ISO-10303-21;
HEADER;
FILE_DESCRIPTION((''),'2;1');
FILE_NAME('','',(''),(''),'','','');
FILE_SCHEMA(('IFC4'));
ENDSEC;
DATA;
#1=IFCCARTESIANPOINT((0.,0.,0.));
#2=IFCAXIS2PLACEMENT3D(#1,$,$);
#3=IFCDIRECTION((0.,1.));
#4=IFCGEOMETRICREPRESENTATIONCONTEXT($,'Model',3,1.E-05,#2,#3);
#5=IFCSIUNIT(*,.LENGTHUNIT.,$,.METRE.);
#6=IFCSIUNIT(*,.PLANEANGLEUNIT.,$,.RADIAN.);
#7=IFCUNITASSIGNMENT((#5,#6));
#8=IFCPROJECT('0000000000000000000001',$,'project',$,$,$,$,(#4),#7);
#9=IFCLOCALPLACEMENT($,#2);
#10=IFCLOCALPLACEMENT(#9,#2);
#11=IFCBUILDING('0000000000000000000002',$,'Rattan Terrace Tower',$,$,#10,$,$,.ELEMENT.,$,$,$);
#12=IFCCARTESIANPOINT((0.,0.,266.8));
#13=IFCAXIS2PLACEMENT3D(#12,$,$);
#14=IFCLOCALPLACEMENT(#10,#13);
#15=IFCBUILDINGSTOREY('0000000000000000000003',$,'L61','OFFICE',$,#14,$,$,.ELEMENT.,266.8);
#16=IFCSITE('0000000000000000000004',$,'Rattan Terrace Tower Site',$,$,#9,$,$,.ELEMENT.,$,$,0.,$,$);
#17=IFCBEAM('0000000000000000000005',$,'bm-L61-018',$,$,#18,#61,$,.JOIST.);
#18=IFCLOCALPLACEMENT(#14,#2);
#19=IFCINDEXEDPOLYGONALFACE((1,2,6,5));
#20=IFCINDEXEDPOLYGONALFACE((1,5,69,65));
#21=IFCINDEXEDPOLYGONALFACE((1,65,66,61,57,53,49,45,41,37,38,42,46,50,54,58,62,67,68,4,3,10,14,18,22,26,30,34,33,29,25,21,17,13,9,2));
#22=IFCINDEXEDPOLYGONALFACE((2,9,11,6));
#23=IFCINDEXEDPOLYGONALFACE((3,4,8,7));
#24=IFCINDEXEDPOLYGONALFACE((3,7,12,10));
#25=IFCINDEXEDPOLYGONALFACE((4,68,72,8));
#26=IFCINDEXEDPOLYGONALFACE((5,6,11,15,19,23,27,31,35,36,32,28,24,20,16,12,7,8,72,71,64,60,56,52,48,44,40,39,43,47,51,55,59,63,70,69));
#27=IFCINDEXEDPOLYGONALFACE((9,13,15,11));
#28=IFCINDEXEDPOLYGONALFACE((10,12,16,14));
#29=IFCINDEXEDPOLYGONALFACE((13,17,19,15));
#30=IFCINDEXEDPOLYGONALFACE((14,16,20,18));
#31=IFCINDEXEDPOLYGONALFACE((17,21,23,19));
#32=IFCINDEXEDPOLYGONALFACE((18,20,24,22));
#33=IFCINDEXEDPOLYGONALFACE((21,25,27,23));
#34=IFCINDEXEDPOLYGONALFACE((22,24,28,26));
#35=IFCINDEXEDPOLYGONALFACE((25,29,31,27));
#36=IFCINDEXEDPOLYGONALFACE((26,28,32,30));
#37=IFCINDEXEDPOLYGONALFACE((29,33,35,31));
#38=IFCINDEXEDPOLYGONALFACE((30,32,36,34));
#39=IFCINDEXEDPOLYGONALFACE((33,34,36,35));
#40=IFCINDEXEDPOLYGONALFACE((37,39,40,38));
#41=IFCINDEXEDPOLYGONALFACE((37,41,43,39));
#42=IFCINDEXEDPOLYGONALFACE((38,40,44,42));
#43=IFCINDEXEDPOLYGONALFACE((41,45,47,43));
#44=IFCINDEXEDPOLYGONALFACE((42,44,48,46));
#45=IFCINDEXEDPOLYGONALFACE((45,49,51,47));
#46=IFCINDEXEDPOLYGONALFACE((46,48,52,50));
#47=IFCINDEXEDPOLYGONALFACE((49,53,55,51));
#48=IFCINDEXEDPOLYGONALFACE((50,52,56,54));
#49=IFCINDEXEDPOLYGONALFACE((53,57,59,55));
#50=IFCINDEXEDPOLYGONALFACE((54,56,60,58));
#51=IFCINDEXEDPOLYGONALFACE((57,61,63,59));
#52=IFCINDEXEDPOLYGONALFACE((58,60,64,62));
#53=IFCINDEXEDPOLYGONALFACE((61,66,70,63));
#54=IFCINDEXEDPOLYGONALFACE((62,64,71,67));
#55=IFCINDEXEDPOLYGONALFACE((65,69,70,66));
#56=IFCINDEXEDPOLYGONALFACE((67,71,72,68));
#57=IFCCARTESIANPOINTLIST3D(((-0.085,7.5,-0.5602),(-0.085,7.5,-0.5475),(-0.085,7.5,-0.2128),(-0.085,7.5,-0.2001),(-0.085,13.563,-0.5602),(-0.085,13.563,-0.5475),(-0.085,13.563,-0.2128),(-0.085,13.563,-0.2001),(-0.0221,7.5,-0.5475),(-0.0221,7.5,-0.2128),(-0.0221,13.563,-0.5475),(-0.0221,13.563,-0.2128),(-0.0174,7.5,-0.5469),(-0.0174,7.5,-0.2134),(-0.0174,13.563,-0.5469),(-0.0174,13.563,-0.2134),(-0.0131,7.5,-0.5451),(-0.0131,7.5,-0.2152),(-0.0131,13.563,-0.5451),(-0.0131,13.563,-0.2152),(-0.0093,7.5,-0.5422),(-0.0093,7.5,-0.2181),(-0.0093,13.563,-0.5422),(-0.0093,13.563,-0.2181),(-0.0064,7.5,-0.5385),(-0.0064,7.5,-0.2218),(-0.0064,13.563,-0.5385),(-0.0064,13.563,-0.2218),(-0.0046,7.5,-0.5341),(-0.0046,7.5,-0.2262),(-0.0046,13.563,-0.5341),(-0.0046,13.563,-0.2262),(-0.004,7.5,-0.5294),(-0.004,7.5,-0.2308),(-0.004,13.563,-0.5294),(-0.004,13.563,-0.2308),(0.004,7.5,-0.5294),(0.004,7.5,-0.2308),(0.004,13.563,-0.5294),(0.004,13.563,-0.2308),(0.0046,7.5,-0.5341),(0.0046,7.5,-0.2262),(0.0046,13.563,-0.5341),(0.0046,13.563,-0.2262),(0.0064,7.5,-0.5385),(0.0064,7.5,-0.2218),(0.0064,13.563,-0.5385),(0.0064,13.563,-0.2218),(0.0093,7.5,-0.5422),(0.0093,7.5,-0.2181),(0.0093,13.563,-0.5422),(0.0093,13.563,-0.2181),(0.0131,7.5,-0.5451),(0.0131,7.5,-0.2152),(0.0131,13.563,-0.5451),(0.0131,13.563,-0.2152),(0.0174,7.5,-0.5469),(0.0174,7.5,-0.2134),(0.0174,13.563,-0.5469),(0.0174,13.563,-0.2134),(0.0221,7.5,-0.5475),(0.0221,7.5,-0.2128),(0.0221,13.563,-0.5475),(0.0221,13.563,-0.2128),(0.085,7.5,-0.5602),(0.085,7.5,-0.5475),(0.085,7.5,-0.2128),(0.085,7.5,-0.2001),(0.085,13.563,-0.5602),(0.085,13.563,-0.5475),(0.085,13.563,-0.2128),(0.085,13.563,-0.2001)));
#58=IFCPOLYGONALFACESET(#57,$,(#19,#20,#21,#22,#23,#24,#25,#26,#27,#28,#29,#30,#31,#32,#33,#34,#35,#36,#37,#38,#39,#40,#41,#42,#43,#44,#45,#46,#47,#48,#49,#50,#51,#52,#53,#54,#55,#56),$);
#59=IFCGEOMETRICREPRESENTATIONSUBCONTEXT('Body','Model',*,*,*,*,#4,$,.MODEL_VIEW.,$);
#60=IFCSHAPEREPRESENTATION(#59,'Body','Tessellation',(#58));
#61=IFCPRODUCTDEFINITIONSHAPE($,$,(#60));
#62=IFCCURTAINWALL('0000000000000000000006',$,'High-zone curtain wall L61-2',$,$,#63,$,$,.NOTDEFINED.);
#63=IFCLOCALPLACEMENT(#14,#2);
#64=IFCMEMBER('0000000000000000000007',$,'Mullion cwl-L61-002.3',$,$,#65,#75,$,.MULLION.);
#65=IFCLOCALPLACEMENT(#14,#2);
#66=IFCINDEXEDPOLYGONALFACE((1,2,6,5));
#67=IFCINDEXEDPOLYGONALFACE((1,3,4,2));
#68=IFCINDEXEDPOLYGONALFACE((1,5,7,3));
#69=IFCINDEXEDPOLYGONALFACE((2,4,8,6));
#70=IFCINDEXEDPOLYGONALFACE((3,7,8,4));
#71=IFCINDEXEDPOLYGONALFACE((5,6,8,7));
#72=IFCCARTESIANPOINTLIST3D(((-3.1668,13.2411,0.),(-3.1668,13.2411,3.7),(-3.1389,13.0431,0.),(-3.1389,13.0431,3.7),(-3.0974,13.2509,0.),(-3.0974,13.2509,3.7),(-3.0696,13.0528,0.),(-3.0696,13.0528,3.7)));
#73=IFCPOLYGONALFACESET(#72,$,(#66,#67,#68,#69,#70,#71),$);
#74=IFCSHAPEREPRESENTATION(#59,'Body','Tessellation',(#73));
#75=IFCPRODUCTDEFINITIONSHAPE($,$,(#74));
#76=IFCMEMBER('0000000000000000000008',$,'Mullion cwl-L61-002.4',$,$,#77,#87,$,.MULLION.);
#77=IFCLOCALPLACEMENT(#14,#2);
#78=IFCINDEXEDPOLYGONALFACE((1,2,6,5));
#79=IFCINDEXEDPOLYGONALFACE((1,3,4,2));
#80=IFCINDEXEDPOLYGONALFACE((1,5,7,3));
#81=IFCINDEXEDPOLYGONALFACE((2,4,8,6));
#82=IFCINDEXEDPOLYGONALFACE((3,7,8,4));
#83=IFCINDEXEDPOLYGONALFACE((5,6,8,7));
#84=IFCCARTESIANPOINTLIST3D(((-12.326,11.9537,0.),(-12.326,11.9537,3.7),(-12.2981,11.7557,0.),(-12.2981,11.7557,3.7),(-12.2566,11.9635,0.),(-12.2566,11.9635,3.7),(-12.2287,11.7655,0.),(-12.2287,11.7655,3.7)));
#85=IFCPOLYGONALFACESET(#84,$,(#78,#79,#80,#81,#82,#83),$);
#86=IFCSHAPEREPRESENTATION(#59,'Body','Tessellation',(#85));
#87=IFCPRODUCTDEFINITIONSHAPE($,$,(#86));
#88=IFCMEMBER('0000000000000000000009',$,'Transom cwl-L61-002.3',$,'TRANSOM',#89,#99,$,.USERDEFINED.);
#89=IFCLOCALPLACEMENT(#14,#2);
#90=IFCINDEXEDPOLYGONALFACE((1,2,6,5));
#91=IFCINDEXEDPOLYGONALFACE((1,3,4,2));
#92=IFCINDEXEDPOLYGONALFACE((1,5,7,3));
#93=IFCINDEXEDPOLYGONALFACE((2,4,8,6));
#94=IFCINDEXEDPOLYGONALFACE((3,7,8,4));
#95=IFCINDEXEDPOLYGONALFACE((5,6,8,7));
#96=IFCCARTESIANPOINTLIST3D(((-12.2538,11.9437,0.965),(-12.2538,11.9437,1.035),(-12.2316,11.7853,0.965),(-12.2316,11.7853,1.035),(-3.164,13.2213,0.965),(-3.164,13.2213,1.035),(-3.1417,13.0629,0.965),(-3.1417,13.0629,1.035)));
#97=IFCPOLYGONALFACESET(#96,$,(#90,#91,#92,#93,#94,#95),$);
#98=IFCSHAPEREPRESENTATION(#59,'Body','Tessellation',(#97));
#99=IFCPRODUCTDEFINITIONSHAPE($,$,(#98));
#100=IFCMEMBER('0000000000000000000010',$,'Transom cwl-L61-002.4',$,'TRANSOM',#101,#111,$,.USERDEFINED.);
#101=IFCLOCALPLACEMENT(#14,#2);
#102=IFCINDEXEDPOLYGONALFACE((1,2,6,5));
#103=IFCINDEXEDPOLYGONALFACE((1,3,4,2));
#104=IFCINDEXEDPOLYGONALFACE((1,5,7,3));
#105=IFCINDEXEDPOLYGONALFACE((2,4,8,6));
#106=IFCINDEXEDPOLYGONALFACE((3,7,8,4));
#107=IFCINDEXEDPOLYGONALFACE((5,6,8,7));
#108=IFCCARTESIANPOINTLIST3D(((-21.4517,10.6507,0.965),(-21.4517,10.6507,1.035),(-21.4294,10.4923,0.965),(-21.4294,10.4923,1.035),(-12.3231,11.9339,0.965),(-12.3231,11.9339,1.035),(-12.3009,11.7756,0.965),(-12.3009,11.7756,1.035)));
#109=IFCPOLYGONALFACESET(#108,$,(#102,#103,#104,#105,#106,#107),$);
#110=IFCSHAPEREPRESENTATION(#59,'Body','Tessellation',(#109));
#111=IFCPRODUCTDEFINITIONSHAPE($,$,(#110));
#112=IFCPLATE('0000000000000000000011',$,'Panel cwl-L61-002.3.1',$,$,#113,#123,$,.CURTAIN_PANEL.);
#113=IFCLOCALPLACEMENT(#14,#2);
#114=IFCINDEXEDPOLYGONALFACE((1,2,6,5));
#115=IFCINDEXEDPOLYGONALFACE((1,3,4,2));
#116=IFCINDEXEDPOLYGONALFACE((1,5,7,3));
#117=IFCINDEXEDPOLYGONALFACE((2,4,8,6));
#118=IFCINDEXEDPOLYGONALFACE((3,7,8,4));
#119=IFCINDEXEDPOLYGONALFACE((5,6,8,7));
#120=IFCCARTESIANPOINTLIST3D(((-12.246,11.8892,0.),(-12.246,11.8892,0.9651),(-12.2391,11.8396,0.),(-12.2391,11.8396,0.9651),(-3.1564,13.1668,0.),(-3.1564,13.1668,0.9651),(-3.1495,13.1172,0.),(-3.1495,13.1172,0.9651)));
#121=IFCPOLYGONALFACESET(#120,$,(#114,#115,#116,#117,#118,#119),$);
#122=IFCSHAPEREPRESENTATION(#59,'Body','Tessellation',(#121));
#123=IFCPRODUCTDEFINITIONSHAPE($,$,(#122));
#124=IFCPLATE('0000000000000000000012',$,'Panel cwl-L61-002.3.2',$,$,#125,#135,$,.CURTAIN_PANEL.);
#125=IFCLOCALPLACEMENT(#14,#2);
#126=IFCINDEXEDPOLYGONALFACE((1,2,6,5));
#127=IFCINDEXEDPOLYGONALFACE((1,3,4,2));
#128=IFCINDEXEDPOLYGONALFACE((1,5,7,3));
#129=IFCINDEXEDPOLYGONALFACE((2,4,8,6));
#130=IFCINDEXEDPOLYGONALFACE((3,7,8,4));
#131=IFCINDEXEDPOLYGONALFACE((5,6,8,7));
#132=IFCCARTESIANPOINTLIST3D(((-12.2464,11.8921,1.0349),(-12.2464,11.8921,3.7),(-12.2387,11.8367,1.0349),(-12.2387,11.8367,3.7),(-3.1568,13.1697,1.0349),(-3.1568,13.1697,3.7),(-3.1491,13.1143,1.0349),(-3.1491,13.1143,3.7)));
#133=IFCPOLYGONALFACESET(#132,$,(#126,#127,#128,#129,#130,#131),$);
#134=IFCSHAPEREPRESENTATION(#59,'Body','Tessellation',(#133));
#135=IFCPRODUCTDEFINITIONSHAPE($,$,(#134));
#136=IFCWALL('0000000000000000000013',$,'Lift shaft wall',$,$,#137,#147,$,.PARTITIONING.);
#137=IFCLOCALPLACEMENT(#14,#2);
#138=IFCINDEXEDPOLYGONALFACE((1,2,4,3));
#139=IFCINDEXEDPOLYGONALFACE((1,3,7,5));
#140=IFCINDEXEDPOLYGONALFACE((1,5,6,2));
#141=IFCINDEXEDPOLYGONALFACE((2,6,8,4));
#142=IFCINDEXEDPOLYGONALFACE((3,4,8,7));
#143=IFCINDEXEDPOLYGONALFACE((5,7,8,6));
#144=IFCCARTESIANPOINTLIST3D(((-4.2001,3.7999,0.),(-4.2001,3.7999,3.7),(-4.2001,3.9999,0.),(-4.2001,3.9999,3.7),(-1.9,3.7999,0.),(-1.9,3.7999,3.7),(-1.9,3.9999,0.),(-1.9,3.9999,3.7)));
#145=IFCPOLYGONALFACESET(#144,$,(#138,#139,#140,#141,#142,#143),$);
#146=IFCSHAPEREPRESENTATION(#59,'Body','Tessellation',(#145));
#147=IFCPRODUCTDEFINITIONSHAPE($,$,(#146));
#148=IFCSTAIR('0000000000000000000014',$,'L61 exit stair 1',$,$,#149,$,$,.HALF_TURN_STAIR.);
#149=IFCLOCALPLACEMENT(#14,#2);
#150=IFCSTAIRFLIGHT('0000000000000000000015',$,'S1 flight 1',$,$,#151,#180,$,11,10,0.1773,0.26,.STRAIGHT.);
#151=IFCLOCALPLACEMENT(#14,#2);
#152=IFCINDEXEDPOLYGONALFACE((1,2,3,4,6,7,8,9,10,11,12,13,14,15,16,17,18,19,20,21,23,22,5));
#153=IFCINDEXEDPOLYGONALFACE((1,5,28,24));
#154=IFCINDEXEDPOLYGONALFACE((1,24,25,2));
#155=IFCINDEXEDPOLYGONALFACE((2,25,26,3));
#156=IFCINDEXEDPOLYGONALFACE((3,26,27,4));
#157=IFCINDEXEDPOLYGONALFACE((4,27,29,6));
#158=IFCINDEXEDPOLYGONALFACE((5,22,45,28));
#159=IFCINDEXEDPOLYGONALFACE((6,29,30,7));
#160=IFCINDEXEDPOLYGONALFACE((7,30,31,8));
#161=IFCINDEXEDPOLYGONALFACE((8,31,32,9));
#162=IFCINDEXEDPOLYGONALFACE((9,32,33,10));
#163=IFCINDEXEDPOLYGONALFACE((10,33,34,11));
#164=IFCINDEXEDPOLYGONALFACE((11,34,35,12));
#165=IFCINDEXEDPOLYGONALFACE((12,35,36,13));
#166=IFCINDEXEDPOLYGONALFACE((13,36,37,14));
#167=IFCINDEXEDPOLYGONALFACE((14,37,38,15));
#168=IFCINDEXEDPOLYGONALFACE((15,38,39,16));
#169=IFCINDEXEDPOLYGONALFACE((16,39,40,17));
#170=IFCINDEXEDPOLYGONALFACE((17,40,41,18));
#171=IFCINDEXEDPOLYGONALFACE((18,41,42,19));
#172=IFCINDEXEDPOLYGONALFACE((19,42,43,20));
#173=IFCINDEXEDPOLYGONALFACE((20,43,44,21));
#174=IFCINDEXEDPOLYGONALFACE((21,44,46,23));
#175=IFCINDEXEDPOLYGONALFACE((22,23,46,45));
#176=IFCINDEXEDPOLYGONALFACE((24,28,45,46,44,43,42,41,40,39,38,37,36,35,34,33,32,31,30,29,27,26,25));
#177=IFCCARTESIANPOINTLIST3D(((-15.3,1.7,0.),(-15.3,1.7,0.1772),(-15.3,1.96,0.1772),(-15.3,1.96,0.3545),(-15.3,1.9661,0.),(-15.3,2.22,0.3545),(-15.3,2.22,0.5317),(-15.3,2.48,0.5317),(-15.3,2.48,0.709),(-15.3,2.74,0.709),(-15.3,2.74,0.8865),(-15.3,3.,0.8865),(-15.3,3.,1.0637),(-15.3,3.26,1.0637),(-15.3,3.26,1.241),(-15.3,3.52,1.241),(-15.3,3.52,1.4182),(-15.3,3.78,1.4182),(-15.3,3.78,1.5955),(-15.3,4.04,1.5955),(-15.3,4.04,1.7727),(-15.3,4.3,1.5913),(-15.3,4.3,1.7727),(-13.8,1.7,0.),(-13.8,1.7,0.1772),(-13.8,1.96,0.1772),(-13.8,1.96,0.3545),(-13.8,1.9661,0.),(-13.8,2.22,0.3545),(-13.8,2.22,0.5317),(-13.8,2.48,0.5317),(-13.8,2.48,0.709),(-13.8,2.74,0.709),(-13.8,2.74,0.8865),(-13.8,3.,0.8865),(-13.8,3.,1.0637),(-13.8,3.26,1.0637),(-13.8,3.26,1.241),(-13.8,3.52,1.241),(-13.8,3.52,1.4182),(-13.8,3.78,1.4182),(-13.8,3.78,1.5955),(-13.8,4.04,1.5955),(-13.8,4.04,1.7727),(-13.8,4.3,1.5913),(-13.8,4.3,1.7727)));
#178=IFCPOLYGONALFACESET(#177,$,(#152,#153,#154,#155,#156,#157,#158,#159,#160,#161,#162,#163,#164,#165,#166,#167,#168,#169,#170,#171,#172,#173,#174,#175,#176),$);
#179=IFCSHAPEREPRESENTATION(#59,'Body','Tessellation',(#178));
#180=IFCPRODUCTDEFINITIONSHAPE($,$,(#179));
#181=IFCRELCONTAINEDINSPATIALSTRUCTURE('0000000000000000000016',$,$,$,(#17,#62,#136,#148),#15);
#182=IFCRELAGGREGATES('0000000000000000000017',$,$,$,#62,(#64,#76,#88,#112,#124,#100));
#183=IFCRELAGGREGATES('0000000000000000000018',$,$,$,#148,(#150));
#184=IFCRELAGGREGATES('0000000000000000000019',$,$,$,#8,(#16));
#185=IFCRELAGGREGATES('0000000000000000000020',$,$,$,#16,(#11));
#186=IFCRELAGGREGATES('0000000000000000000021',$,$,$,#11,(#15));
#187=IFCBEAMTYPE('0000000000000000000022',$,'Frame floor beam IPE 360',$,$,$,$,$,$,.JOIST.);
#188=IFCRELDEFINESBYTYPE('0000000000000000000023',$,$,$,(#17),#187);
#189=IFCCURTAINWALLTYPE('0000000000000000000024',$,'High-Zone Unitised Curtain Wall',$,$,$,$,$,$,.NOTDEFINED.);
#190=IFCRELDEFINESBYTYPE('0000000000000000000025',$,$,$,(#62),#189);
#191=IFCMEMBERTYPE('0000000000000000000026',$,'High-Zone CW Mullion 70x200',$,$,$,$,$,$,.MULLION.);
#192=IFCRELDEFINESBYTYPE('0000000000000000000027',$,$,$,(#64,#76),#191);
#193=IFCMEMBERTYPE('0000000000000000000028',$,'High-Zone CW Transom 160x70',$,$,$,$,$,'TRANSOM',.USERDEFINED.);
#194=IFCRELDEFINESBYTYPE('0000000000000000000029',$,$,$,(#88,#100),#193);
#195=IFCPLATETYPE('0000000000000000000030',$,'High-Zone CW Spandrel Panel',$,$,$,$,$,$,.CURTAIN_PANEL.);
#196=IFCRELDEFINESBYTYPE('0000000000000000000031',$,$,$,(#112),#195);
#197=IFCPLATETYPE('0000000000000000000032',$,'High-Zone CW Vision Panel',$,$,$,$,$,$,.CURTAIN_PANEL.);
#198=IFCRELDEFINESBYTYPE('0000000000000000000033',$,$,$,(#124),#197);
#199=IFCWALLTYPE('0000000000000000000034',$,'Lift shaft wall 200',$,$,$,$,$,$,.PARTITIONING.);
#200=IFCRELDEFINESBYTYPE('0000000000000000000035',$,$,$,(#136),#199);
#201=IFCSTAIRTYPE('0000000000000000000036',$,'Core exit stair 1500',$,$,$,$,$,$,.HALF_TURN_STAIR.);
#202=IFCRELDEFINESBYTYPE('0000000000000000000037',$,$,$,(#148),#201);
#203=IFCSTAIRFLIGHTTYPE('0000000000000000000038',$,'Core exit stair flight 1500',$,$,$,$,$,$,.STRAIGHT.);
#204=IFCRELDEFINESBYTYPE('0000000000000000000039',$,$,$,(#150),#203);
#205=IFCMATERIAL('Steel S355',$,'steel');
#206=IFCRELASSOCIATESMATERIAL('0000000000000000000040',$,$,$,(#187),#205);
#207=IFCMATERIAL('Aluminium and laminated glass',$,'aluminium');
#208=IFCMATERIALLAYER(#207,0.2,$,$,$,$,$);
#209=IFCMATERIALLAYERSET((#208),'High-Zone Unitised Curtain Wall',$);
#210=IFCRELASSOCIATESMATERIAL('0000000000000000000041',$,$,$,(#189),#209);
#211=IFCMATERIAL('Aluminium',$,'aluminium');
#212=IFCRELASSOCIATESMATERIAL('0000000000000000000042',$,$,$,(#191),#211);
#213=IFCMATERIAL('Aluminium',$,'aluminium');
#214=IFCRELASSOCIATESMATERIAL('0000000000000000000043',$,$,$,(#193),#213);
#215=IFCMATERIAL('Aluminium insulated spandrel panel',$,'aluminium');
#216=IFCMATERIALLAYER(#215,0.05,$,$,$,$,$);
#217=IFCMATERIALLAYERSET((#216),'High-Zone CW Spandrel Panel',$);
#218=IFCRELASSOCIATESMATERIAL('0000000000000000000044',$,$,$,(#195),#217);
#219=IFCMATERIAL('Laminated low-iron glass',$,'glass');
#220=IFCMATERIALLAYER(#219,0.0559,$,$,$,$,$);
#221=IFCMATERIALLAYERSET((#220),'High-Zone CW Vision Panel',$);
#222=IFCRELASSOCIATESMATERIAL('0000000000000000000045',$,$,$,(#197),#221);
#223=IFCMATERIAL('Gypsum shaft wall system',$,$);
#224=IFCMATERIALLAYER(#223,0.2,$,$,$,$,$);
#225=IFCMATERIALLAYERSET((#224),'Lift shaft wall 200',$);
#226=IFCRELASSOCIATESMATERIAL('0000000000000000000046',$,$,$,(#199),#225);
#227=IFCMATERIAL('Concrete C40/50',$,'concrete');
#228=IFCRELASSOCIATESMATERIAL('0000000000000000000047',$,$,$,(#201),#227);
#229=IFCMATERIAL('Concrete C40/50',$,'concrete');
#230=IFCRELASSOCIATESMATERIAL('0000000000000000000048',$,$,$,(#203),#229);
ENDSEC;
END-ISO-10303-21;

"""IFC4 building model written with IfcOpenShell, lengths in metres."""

from ifc_helpers import new_model, si_unit, direction, frame, frame_2d, origin, origin_2d, place, context, subcontext, project, spatial, polyline, rectangle, i_section, outline, extrude, material, layer, layer_set, material_profile, profile_set, type_object, element, aggregate, save


model = new_model("IFC4")

# Units and contexts
model_context = context("Model", 3, precision=1e-05, world=origin(), true_north=direction((0.0, 1.0)))
body_context = subcontext(model_context, "Body", "Model", "MODEL_VIEW")
ifc_project = project(units=[si_unit("LENGTHUNIT", "METRE"), si_unit("PLANEANGLEUNIT", "RADIAN")], contexts=[model_context])

# Site, building, storey
site_placement = place(None, origin())
site = spatial("IfcSite", under=ifc_project, at=site_placement, Name="Rattan Terrace Tower Site", CompositionType="ELEMENT", RefElevation=0.0)
building_placement = place(site_placement, origin())
building = spatial("IfcBuilding", under=site, at=building_placement, Name="Rattan Terrace Tower", CompositionType="ELEMENT")
storey_placement = place(building_placement, frame((0.0, 0.0, 266.8)))
storey = spatial("IfcBuildingStorey", under=building, at=storey_placement, Name="L61", Description="OFFICE", CompositionType="ELEMENT", Elevation=266.8)

# Beam
ifc_material_1 = material(Name="Steel S355", Category="steel")
ifc_material_profile_1 = material_profile(ifc_material_1, i_section(OverallWidth=0.1699, OverallDepth=0.3601, WebThickness=0.0081, FlangeThickness=0.0127, FilletRadius=0.0181, at=origin_2d()), Name="IPE 360")
ifc_profile_set_1 = profile_set([ifc_material_profile_1], Name="Steel S355")
beam_type_1 = type_object("IfcBeamType", Name="Frame floor beam IPE 360", PredefinedType="JOIST", material=ifc_profile_set_1)
beam_1_placement = place(storey_placement, frame((0.0, 7.5, -0.3801), z_axis=(0.0, 1.0, 0.0), x_axis=(-1.0, 0.0, 0.0)))
element("IfcBeam", 1, at=beam_1_placement, inside=storey, type_object=beam_type_1, Name="bm-L61-018", PredefinedType="JOIST", context=body_context, shape_type="SweptSolid", body=[
    extrude(i_section(OverallWidth=0.1699, OverallDepth=0.3601, WebThickness=0.0081, FlangeThickness=0.0127, FilletRadius=0.0181, at=origin_2d()), origin(), (0.0, 0.0, 1.0), 6.063),
])

# Curtain wall, members, plates
ifc_material_2 = material(Name="Aluminium and laminated glass", Category="aluminium")
ifc_layer_1 = layer(ifc_material_2, 0.2)
ifc_layer_set_1 = layer_set([ifc_layer_1], Name="High-Zone Unitised Curtain Wall")
curtain_wall_type = type_object("IfcCurtainWallType", Name="High-Zone Unitised Curtain Wall", PredefinedType="NOTDEFINED", material=ifc_layer_set_1)
curtain_wall_placement = place(storey_placement, origin())
curtain_wall = element("IfcCurtainWall", 2, at=curtain_wall_placement, inside=storey, type_object=curtain_wall_type, Name="High-zone curtain wall L61-2", PredefinedType="NOTDEFINED")
ifc_material_3 = material(Name="Aluminium", Category="aluminium")
ifc_material_profile_2 = material_profile(ifc_material_3, rectangle(XDim=0.0701, YDim=0.2, at=origin_2d()), Name="Aluminium 70x200")
ifc_profile_set_2 = profile_set([ifc_material_profile_2], Name="Aluminium")
member_type_1 = type_object("IfcMemberType", Name="High-Zone CW Mullion 70x200", PredefinedType="MULLION", material=ifc_profile_set_2)
member_1_placement = place(storey_placement, frame((-3.1182, 13.147, 0.0), z_axis=(0.0, 0.0, 1.0), x_axis=(-0.990266, -0.139189, 0.0)))
member_1 = element("IfcMember", 3, at=member_1_placement, type_object=member_type_1, Name="Mullion cwl-L61-002.3", PredefinedType="MULLION", context=body_context, shape_type="SweptSolid", body=[
    extrude(rectangle(XDim=0.0701, YDim=0.2, at=origin_2d()), origin(), (0.0, 0.0, 1.0), 3.7),
])
member_2_placement = place(storey_placement, frame((-12.2773, 11.8596, 0.0), z_axis=(0.0, 0.0, 1.0), x_axis=(-0.990266, -0.139189, 0.0)))
member_2 = element("IfcMember", 4, at=member_2_placement, type_object=member_type_1, Name="Mullion cwl-L61-002.4", PredefinedType="MULLION", context=body_context, shape_type="SweptSolid", body=[
    extrude(rectangle(XDim=0.0701, YDim=0.2, at=origin_2d()), origin(), (0.0, 0.0, 1.0), 3.7),
])
ifc_material_4 = material(Name="Aluminium", Category="aluminium")
ifc_material_profile_3 = material_profile(ifc_material_4, rectangle(XDim=0.1599, YDim=0.0701, at=origin_2d()), Name="Aluminium 160x70")
ifc_profile_set_3 = profile_set([ifc_material_profile_3], Name="Aluminium")
member_type_2 = type_object("IfcMemberType", Name="High-Zone CW Transom 160x70", ElementType="TRANSOM", PredefinedType="USERDEFINED", material=ifc_profile_set_3)
member_3_placement = place(storey_placement, frame((-3.1528, 13.1421, 1.0), z_axis=(-0.990267, -0.139183, 0.0), x_axis=(0.139183, -0.990267, 0.0)))
member_3 = element("IfcMember", 5, at=member_3_placement, type_object=member_type_2, Name="Transom cwl-L61-002.3", ObjectType="TRANSOM", PredefinedType="USERDEFINED", context=body_context, shape_type="SweptSolid", body=[
    extrude(rectangle(XDim=0.1599, YDim=0.0701, at=origin_2d()), origin(), (0.0, 0.0, 1.0), 9.1792),
])
member_4_placement = place(storey_placement, frame((-12.312, 11.8547, 1.0), z_axis=(-0.990264, -0.139204, 0.0), x_axis=(0.139204, -0.990264, 0.0)))
member_4 = element("IfcMember", 6, at=member_4_placement, type_object=member_type_2, Name="Transom cwl-L61-002.4", ObjectType="TRANSOM", PredefinedType="USERDEFINED", context=body_context, shape_type="SweptSolid", body=[
    extrude(rectangle(XDim=0.1599, YDim=0.0701, at=origin_2d()), origin(), (0.0, 0.0, 1.0), 9.2183),
])
ifc_material_5 = material(Name="Aluminium insulated spandrel panel", Category="aluminium")
ifc_layer_2 = layer(ifc_material_5, 0.05)
ifc_layer_set_2 = layer_set([ifc_layer_2], Name="High-Zone CW Spandrel Panel")
plate_type_1 = type_object("IfcPlateType", Name="High-Zone CW Spandrel Panel", PredefinedType="CURTAIN_PANEL", material=ifc_layer_set_2)
plate_1_placement = place(storey_placement, frame((-7.6978, 12.5032, 0.0), z_axis=(0.0, 0.0, 1.0), x_axis=(-0.990266, -0.139189, 0.0)))
plate_1 = element("IfcPlate", 7, at=plate_1_placement, type_object=plate_type_1, Name="Panel cwl-L61-002.3.1", PredefinedType="CURTAIN_PANEL", context=body_context, shape_type="SweptSolid", body=[
    extrude(rectangle(XDim=9.179, YDim=0.05, at=origin_2d()), origin(), (0.0, 0.0, 1.0), 0.9651),
])
ifc_material_6 = material(Name="Laminated low-iron glass", Category="glass")
ifc_layer_3 = layer(ifc_material_6, 0.0559)
ifc_layer_set_3 = layer_set([ifc_layer_3], Name="High-Zone CW Vision Panel")
plate_type_2 = type_object("IfcPlateType", Name="High-Zone CW Vision Panel", PredefinedType="CURTAIN_PANEL", material=ifc_layer_set_3)
plate_2_placement = place(storey_placement, frame((-7.6978, 12.5032, 1.0349), z_axis=(0.0, 0.0, 1.0), x_axis=(-0.990266, -0.139189, 0.0)))
plate_2 = element("IfcPlate", 8, at=plate_2_placement, type_object=plate_type_2, Name="Panel cwl-L61-002.3.2", PredefinedType="CURTAIN_PANEL", context=body_context, shape_type="SweptSolid", body=[
    extrude(rectangle(XDim=9.179, YDim=0.0559, at=origin_2d()), origin(), (0.0, 0.0, 1.0), 2.665),
])
aggregate(curtain_wall, [member_1, member_2, member_3, plate_1, plate_2, member_4])

# Wall
ifc_material_7 = material(Name="Gypsum shaft wall system")
ifc_layer_4 = layer(ifc_material_7, 0.2)
ifc_layer_set_4 = layer_set([ifc_layer_4], Name="Lift shaft wall 200")
wall_type = type_object("IfcWallType", Name="Lift shaft wall 200", PredefinedType="PARTITIONING", material=ifc_layer_set_4)
wall_placement = place(storey_placement, frame((-4.2, 3.8999, 0.0), z_axis=(0.0, 0.0, 1.0), x_axis=(1.0, 0.0, 0.0)))
element("IfcWall", 9, at=wall_placement, inside=storey, type_object=wall_type, Name="Lift shaft wall", PredefinedType="PARTITIONING", context=body_context, shape_type="SweptSolid", body=[
    extrude(rectangle(XDim=2.3, YDim=0.2, at=frame_2d((1.1499, 0.0))), origin(), (0.0, 0.0, 1.0), 3.7),
])

# Stair, stair flight
ifc_material_8 = material(Name="Concrete C40/50", Category="concrete")
stair_type = type_object("IfcStairType", Name="Core exit stair 1500", PredefinedType="HALF_TURN_STAIR", material=ifc_material_8)
stair_placement = place(storey_placement, origin())
stair = element("IfcStair", 10, at=stair_placement, inside=storey, type_object=stair_type, Name="L61 exit stair 1", PredefinedType="HALF_TURN_STAIR")
ifc_material_9 = material(Name="Concrete C40/50", Category="concrete")
stair_flight_type = type_object("IfcStairFlightType", Name="Core exit stair flight 1500", PredefinedType="STRAIGHT", material=ifc_material_9)
stair_flight_placement = place(storey_placement, frame((-14.55, 1.7, 0.0), z_axis=(0.0, 0.0, 1.0), x_axis=(0.0, 1.0, 0.0)))
stair_flight = element("IfcStairFlight", 11, at=stair_flight_placement, type_object=stair_flight_type, Name="S1 flight 1", NumberOfRisers=11, NumberOfTreads=10, PredefinedType="STRAIGHT", RiserHeight=0.1773, TreadLength=0.26, context=body_context, shape_type="SweptSolid", body=[
    extrude(outline(polyline([(0.0, 0.0), (0.0, 0.1772), (0.26, 0.1772), (0.26, 0.3545), (0.52, 0.3545), (0.52, 0.5317), (0.78, 0.5317), (0.78, 0.709), (1.04, 0.709), (1.04, 0.8865), (1.3, 0.8865), (1.3, 1.0637), (1.5601, 1.0637), (1.5601, 1.241), (1.8201, 1.241), (1.8201, 1.4182), (2.0801, 1.4182), (2.0801, 1.5955), (2.3401, 1.5955), (2.3401, 1.7727), (2.6001, 1.7727), (2.6001, 1.95), (2.6001, 1.5913), (0.2661, 0.0), (0.0, 0.0)])), frame((0.0, 0.75, 0.0), z_axis=(0.0, -1.0, 0.0), x_axis=(1.0, 0.0, 0.0)), (0.0, 0.0, 1.0), 1.5),
])
aggregate(stair, [stair_flight])

save(model, "model.ifc")
